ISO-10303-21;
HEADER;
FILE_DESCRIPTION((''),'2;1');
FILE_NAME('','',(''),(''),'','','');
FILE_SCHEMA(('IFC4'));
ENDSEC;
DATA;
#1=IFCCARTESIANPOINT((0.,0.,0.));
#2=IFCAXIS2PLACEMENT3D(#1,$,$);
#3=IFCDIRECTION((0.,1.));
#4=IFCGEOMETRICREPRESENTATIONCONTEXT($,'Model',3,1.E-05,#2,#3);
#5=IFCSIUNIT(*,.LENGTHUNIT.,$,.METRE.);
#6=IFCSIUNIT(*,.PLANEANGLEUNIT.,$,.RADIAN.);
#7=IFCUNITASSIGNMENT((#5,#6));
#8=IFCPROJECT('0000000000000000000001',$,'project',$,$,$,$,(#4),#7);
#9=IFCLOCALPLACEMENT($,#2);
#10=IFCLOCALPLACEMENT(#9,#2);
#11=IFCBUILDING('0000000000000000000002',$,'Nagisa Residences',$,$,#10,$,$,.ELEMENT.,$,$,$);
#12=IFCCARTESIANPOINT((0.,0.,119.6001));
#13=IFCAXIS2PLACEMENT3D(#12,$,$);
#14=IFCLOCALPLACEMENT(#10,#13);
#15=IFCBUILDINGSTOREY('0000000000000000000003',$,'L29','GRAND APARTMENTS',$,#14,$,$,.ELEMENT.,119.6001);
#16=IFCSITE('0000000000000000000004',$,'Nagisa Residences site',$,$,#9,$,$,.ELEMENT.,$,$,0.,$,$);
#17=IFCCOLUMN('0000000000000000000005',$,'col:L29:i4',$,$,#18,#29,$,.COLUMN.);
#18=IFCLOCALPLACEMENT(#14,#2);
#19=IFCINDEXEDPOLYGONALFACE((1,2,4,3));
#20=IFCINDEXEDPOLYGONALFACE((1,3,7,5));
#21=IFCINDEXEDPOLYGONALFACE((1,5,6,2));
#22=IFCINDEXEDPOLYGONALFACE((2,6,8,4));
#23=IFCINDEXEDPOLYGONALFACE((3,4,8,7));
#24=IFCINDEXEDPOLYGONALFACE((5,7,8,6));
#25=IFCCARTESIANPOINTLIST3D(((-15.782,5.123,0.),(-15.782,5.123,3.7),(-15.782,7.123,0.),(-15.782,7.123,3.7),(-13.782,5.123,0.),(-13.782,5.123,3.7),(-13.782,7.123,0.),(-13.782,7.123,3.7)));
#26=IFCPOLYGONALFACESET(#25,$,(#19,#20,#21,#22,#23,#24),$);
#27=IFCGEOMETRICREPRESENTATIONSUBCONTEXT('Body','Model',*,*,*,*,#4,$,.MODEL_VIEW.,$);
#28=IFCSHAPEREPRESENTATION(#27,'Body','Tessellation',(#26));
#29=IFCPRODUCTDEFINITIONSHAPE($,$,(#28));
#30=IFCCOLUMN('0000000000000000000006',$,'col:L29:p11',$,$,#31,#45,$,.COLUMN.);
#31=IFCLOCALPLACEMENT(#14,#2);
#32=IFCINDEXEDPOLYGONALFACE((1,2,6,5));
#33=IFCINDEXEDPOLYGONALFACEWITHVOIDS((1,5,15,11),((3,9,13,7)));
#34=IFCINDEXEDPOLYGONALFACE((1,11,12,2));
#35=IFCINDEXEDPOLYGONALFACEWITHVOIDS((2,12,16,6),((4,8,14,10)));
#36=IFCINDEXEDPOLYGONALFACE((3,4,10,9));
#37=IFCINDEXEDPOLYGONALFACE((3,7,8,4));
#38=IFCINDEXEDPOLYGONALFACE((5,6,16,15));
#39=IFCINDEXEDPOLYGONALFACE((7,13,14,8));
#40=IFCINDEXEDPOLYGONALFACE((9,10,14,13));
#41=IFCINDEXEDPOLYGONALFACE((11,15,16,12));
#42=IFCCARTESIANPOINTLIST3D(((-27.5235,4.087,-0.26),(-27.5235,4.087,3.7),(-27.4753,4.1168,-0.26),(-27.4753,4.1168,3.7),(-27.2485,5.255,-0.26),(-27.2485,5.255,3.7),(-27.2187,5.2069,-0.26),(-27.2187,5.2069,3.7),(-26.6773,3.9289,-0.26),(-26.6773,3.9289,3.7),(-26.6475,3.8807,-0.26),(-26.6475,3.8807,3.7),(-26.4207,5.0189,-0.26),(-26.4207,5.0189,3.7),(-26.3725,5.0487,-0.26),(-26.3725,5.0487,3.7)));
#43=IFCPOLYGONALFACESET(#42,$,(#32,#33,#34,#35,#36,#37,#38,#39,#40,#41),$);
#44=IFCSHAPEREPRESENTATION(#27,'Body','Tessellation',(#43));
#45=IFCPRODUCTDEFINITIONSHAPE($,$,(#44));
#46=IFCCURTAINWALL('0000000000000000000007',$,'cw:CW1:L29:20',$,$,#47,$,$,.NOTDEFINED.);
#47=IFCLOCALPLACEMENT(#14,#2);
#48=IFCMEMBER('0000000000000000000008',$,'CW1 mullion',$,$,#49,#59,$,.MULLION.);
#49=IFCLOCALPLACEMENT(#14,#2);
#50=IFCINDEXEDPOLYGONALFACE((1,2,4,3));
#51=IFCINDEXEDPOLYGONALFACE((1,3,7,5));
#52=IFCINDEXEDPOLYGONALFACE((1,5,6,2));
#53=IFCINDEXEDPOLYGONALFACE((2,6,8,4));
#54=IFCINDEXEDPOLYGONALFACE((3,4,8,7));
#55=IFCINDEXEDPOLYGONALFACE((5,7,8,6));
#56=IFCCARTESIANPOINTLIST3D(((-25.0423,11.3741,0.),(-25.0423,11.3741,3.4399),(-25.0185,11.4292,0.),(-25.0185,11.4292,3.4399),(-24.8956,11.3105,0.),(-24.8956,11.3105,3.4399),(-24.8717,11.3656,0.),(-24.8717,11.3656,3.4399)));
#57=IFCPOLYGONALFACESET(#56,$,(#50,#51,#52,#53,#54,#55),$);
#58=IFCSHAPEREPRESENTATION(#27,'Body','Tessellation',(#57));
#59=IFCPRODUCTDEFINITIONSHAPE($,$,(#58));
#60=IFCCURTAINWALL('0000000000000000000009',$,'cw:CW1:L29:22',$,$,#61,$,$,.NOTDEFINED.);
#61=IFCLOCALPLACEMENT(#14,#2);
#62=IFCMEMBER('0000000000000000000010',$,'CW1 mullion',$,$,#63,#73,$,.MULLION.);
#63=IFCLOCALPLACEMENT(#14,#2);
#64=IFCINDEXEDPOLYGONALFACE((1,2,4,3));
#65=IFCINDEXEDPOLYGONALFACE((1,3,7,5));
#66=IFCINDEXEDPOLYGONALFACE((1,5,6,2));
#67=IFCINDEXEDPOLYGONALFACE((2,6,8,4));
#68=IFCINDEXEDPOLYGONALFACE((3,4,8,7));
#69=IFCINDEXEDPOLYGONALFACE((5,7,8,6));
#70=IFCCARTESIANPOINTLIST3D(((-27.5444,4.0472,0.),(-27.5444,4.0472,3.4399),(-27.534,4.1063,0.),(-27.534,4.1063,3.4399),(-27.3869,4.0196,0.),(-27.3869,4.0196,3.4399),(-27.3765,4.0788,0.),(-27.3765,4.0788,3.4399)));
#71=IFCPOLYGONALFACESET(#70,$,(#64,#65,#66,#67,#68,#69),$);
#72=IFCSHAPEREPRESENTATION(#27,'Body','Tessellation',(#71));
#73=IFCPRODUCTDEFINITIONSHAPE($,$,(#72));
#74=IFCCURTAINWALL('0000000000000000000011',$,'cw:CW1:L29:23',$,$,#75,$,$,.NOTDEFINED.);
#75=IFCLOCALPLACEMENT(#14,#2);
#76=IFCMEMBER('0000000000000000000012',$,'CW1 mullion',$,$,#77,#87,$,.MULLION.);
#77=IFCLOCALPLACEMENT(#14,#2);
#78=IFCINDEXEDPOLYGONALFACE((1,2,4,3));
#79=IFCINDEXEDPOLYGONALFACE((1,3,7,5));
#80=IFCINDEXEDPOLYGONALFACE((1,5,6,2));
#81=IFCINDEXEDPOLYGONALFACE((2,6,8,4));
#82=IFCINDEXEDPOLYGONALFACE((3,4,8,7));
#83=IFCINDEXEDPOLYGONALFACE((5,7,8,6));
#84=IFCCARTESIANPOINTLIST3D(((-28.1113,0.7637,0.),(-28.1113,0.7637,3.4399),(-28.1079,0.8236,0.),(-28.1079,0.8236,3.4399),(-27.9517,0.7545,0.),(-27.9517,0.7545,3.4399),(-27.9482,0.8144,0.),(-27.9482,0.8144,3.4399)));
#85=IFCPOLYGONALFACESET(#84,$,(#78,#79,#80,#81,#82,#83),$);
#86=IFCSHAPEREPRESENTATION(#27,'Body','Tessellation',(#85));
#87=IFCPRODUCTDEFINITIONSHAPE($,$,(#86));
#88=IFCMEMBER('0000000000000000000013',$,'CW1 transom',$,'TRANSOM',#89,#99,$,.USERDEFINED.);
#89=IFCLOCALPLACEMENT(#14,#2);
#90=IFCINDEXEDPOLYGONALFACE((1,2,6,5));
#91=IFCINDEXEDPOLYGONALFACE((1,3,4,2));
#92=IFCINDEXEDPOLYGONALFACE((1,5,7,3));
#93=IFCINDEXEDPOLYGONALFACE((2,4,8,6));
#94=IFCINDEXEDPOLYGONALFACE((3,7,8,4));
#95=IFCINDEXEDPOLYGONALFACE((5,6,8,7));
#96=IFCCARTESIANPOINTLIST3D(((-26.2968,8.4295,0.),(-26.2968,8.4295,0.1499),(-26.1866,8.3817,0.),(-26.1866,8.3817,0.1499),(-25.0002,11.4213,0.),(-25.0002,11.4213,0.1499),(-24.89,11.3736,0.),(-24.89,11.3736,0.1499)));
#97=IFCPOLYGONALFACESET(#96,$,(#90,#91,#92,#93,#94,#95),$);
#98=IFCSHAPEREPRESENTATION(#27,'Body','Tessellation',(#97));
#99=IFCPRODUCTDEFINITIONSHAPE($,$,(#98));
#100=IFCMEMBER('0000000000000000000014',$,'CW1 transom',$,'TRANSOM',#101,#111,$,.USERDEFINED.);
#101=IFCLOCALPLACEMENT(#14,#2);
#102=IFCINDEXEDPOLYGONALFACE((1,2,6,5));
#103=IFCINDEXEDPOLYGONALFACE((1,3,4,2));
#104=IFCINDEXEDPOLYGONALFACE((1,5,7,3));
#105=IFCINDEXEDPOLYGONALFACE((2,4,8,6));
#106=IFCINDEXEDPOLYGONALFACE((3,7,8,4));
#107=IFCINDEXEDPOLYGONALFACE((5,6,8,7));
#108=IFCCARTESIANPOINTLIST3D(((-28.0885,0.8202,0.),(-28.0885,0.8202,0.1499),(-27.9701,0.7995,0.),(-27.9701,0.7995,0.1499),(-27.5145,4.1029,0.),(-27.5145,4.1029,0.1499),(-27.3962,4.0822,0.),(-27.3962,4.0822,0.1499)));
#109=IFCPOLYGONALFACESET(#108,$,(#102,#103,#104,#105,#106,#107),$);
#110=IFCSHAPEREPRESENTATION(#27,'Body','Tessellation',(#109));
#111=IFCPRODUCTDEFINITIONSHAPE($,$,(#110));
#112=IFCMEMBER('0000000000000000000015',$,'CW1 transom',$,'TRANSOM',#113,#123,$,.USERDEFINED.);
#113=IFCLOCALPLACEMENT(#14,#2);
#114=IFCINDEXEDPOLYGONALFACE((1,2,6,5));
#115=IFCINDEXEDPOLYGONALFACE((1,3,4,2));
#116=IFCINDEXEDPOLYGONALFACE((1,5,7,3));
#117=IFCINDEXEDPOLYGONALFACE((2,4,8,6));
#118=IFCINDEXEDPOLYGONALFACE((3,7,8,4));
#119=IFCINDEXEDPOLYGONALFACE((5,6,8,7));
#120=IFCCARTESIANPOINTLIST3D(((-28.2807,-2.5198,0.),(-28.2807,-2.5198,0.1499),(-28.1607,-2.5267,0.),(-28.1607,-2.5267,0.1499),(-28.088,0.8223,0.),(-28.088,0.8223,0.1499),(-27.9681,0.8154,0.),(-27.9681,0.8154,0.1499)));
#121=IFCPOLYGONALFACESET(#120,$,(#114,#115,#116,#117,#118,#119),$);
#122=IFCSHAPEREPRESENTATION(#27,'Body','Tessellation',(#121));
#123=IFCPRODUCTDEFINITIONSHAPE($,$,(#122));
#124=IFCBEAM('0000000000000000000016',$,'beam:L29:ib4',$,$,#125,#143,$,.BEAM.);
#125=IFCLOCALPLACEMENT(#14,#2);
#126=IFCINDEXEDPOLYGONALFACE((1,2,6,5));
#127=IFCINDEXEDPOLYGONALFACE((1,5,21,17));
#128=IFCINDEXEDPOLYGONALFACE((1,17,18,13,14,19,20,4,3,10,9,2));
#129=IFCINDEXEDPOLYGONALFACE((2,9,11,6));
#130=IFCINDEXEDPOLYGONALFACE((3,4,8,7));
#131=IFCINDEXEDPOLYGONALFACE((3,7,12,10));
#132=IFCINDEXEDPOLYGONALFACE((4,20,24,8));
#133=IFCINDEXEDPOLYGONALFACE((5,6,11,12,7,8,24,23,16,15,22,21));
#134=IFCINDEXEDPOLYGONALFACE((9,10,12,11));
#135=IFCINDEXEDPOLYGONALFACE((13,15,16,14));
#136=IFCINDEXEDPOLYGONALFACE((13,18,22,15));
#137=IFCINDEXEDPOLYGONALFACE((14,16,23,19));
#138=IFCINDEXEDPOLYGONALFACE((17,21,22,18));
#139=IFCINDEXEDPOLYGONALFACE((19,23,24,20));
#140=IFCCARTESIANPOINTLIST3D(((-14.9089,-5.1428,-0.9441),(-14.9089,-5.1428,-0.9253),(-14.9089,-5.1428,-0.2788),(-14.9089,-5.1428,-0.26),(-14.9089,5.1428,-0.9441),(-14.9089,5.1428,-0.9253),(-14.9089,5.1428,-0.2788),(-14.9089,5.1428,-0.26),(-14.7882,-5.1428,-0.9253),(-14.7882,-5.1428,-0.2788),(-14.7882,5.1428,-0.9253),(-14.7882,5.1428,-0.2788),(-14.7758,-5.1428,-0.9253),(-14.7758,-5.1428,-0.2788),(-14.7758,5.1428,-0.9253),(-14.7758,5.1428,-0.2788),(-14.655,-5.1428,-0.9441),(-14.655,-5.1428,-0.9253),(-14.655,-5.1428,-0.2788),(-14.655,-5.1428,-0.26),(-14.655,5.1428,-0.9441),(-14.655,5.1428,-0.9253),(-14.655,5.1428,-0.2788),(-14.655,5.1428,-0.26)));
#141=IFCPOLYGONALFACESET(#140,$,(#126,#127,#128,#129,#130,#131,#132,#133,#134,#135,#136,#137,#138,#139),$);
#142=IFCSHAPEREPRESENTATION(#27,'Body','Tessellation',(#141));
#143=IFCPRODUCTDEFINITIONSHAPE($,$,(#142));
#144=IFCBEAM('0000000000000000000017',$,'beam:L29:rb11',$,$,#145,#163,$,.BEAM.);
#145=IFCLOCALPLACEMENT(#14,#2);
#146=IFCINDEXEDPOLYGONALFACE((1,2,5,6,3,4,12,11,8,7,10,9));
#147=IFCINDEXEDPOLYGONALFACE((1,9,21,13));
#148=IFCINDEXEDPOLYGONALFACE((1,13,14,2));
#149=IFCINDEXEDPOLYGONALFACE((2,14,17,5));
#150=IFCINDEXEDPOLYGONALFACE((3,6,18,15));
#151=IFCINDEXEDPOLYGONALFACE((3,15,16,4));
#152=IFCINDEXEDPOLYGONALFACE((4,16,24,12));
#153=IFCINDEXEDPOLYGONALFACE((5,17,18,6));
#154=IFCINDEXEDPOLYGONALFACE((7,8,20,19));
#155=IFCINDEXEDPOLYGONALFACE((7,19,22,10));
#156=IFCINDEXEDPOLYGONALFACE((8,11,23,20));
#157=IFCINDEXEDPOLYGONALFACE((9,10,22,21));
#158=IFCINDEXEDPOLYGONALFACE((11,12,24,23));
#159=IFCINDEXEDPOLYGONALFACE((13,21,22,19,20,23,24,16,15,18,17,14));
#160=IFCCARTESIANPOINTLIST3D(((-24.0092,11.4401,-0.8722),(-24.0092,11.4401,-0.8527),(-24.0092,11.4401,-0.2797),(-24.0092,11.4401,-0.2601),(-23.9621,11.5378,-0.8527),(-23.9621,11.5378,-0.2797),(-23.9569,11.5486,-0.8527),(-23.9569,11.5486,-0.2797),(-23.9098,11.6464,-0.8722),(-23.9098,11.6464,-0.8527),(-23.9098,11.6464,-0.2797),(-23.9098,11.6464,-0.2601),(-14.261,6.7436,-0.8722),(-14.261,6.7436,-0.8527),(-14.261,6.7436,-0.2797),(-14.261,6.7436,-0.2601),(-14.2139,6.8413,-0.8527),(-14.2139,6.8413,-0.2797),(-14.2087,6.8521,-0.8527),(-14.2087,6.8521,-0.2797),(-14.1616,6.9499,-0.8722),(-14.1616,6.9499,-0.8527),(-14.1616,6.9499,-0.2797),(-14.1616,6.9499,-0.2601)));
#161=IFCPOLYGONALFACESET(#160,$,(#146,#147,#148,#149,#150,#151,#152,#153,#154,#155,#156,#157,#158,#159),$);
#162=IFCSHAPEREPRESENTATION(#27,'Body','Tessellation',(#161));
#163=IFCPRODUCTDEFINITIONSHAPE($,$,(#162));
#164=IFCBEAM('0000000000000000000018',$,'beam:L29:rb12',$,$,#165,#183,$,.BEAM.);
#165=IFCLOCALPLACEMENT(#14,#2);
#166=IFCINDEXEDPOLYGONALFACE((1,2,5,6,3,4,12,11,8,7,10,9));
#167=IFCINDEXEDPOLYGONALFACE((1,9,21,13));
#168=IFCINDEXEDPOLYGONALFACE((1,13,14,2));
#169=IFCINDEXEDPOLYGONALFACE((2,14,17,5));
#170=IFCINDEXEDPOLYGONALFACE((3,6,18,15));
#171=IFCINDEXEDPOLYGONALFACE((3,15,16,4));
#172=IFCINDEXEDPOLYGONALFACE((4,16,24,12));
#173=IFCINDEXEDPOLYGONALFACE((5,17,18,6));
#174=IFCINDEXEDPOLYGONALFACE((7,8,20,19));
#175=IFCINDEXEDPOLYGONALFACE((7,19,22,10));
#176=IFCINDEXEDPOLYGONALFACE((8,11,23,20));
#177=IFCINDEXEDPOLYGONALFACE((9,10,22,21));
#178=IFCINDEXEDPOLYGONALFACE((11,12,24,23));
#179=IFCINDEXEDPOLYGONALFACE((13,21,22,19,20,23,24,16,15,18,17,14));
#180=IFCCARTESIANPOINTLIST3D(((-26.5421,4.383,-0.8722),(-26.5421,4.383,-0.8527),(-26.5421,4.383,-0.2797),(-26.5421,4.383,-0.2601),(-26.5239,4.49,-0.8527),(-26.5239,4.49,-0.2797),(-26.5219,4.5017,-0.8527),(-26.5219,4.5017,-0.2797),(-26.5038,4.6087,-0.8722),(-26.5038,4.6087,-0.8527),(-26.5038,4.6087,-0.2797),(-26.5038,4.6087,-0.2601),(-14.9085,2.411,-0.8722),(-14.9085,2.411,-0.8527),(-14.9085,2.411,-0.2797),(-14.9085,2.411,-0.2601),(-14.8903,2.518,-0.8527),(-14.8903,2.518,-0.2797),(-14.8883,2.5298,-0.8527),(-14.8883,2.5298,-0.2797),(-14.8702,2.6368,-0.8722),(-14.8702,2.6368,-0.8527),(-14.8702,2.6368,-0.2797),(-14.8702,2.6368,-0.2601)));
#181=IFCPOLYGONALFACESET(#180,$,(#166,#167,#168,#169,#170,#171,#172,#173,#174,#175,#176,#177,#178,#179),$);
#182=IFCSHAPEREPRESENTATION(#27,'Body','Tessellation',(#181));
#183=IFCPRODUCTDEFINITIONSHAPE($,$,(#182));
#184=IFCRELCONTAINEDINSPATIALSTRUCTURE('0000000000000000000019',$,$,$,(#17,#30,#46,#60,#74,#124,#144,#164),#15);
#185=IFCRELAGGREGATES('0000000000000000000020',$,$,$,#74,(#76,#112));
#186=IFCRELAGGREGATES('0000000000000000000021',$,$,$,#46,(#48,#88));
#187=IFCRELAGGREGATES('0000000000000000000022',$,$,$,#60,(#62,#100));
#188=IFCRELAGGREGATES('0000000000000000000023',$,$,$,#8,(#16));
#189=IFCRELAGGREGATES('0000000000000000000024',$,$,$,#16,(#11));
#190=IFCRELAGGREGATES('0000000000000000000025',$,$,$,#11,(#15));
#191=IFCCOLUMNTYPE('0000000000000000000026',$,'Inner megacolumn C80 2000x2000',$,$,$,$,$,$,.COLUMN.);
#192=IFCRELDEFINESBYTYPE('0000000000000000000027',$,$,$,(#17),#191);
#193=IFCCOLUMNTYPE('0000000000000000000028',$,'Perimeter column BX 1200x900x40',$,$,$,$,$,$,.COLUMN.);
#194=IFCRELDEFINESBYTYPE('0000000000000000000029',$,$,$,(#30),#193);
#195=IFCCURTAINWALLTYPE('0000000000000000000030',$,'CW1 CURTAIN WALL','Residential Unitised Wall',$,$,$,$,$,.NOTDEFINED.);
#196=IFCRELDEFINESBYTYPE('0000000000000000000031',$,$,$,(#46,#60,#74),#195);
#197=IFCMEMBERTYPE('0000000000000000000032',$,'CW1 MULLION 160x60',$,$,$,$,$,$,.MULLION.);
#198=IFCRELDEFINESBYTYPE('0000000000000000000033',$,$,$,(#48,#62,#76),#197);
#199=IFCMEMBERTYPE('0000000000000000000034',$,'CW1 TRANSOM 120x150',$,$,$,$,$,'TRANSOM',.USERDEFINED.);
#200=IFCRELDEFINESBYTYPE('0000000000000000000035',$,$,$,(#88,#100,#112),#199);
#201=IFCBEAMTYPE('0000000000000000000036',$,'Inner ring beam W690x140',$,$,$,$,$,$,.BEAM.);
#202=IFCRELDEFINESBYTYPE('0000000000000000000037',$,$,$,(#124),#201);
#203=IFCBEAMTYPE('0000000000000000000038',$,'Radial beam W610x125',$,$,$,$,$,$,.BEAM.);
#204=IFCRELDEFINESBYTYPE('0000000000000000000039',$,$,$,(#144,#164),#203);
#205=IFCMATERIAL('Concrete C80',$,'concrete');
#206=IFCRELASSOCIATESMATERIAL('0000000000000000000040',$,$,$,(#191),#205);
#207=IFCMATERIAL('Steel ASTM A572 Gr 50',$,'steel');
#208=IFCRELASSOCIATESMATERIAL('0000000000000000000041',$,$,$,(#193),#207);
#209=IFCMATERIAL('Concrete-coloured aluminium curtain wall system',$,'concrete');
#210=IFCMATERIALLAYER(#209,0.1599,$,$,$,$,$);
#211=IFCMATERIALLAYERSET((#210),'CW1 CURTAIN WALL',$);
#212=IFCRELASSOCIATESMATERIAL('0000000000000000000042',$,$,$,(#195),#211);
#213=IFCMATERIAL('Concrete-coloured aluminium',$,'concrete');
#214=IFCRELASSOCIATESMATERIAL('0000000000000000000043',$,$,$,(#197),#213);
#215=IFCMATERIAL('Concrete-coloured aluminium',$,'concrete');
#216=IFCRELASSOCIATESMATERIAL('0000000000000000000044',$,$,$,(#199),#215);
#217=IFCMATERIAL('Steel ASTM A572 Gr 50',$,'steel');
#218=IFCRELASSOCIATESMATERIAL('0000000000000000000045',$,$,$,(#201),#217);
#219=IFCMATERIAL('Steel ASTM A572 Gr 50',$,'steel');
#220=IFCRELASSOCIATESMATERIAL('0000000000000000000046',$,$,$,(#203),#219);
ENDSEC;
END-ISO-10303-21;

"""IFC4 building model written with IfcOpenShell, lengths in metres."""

from ifc_helpers import new_model, si_unit, direction, frame, origin, origin_2d, place, context, subcontext, project, spatial, rectangle, hollow_rectangle, i_section, extrude, material, layer, layer_set, material_profile, profile_set, type_object, element, aggregate, save


model = new_model("IFC4")

# Units and contexts
model_context = context("Model", 3, precision=1e-05, world=origin(), true_north=direction((0.0, 1.0)))
body_context = subcontext(model_context, "Body", "Model", "MODEL_VIEW")
ifc_project = project(units=[si_unit("LENGTHUNIT", "METRE"), si_unit("PLANEANGLEUNIT", "RADIAN")], contexts=[model_context])

# Site, building, storey
site_placement = place(None, origin())
site = spatial("IfcSite", under=ifc_project, at=site_placement, Name="Nagisa Residences site", CompositionType="ELEMENT", RefElevation=0.0)
building_placement = place(site_placement, origin())
building = spatial("IfcBuilding", under=site, at=building_placement, Name="Nagisa Residences", CompositionType="ELEMENT")
storey_placement = place(building_placement, frame((0.0, 0.0, 119.6001)))
storey = spatial("IfcBuildingStorey", under=building, at=storey_placement, Name="L29", Description="GRAND APARTMENTS", CompositionType="ELEMENT", Elevation=119.6001)

# Columns
ifc_material_1 = material(Name="Concrete C80", Category="concrete")
ifc_material_profile_1 = material_profile(ifc_material_1, rectangle(XDim=2.0, YDim=2.0, at=origin_2d()), Name="C80 2000x2000")
ifc_profile_set_1 = profile_set([ifc_material_profile_1], Name="Concrete C80")
column_type_1 = type_object("IfcColumnType", Name="Inner megacolumn C80 2000x2000", PredefinedType="COLUMN", material=ifc_profile_set_1)
column_1_placement = place(storey_placement, frame((-14.782, 6.123, 0.0), z_axis=(0.0, 0.0, 1.0), x_axis=(1.0, 0.0, 0.0)))
element("IfcColumn", 1, at=column_1_placement, inside=storey, type_object=column_type_1, Name="col:L29:i4", PredefinedType="COLUMN", context=body_context, shape_type="SweptSolid", body=[
    extrude(rectangle(XDim=2.0, YDim=2.0, at=origin_2d()), origin(), (0.0, 0.0, 1.0), 3.7),
])
ifc_material_2 = material(Name="Steel ASTM A572 Gr 50", Category="steel")
ifc_material_profile_2 = material_profile(ifc_material_2, hollow_rectangle(XDim=1.2, YDim=0.8999, WallThickness=0.04, at=origin_2d()), Name="BX 1200x900x40")
ifc_profile_set_2 = profile_set([ifc_material_profile_2], Name="Steel ASTM A572 Gr 50")
column_type_2 = type_object("IfcColumnType", Name="Perimeter column BX 1200x900x40", PredefinedType="COLUMN", material=ifc_profile_set_2)
column_2_placement = place(storey_placement, frame((-26.948, 4.5679, -0.26), z_axis=(0.0, 0.0, 1.0), x_axis=(-0.229202, -0.973379, 0.0)))
element("IfcColumn", 2, at=column_2_placement, inside=storey, type_object=column_type_2, Name="col:L29:p11", PredefinedType="COLUMN", context=body_context, shape_type="SweptSolid", body=[
    extrude(hollow_rectangle(XDim=1.2, YDim=0.8999, WallThickness=0.04, at=origin_2d()), origin(), (0.0, 0.0, 1.0), 3.96),
])

# Curtain walls, members
ifc_material_3 = material(Name="Concrete-coloured aluminium curtain wall system", Category="concrete")
ifc_layer_1 = layer(ifc_material_3, 0.1599)
ifc_layer_set_1 = layer_set([ifc_layer_1], Name="CW1 CURTAIN WALL")
curtain_wall_type = type_object("IfcCurtainWallType", Name="CW1 CURTAIN WALL", Description="Residential Unitised Wall", PredefinedType="NOTDEFINED", material=ifc_layer_set_1)
curtain_wall_1_placement = place(storey_placement, origin())
curtain_wall_1 = element("IfcCurtainWall", 3, at=curtain_wall_1_placement, inside=storey, type_object=curtain_wall_type, Name="cw:CW1:L29:20", PredefinedType="NOTDEFINED")
ifc_material_4 = material(Name="Concrete-coloured aluminium", Category="concrete")
ifc_material_profile_3 = material_profile(ifc_material_4, rectangle(XDim=0.1599, YDim=0.0601, at=origin_2d()), Name="CW1 MULLION 160x60")
ifc_profile_set_3 = profile_set([ifc_material_profile_3], Name="Concrete-coloured aluminium")
member_type_1 = type_object("IfcMemberType", Name="CW1 MULLION 160x60", PredefinedType="MULLION", material=ifc_profile_set_3)
member_1_placement = place(storey_placement, frame((-24.957, 11.3699, 0.0), z_axis=(0.0, 0.0, 1.0), x_axis=(0.917543, -0.397636, 0.0)))
member_1 = element("IfcMember", 4, at=member_1_placement, type_object=member_type_1, Name="CW1 mullion", PredefinedType="MULLION", context=body_context, shape_type="SweptSolid", body=[
    extrude(rectangle(XDim=0.1599, YDim=0.0601, at=origin_2d()), origin(), (0.0, 0.0, 1.0), 3.4399),
])
curtain_wall_2_placement = place(storey_placement, origin())
curtain_wall_2 = element("IfcCurtainWall", 5, at=curtain_wall_2_placement, inside=storey, type_object=curtain_wall_type, Name="cw:CW1:L29:22", PredefinedType="NOTDEFINED")
member_2_placement = place(storey_placement, frame((-27.4604, 4.063, 0.0), z_axis=(0.0, 0.0, 1.0), x_axis=(0.985064, -0.172191, 0.0)))
member_2 = element("IfcMember", 6, at=member_2_placement, type_object=member_type_1, Name="CW1 mullion", PredefinedType="MULLION", context=body_context, shape_type="SweptSolid", body=[
    extrude(rectangle(XDim=0.1599, YDim=0.0601, at=origin_2d()), origin(), (0.0, 0.0, 1.0), 3.4399),
])
curtain_wall_3_placement = place(storey_placement, origin())
curtain_wall_3 = element("IfcCurtainWall", 7, at=curtain_wall_3_placement, inside=storey, type_object=curtain_wall_type, Name="cw:CW1:L29:23", PredefinedType="NOTDEFINED")
member_3_placement = place(storey_placement, frame((-28.0298, 0.7891, 0.0), z_axis=(0.0, 0.0, 1.0), x_axis=(0.998345, -0.057503, 0.0)))
member_3 = element("IfcMember", 8, at=member_3_placement, type_object=member_type_1, Name="CW1 mullion", PredefinedType="MULLION", context=body_context, shape_type="SweptSolid", body=[
    extrude(rectangle(XDim=0.1599, YDim=0.0601, at=origin_2d()), origin(), (0.0, 0.0, 1.0), 3.4399),
])

# Members
ifc_material_5 = material(Name="Concrete-coloured aluminium", Category="concrete")
ifc_material_profile_4 = material_profile(ifc_material_5, rectangle(XDim=0.1201, YDim=0.1499, at=origin_2d()), Name="CW1 TRANSOM 120x150")
ifc_profile_set_4 = profile_set([ifc_material_profile_4], Name="Concrete-coloured aluminium")
member_type_2 = type_object("IfcMemberType", Name="CW1 TRANSOM 120x150", ElementType="TRANSOM", PredefinedType="USERDEFINED", material=ifc_profile_set_4)
member_4_placement = place(storey_placement, frame((-24.9451, 11.3975, 0.075), z_axis=(-0.397639, -0.917542, 0.0), x_axis=(0.917542, -0.397639, 0.0)))
member_4 = element("IfcMember", 9, at=member_4_placement, type_object=member_type_2, Name="CW1 transom", ObjectType="TRANSOM", PredefinedType="USERDEFINED", context=body_context, shape_type="SweptSolid", body=[
    extrude(rectangle(XDim=0.1201, YDim=0.1499, at=origin_2d()), origin(), (0.0, 0.0, 1.0), 3.2607),
])
member_5_placement = place(storey_placement, frame((-27.4553, 4.0925, 0.075), z_axis=(-0.172235, -0.985056, 0.0), x_axis=(0.985056, -0.172235, 0.0)))
member_5 = element("IfcMember", 10, at=member_5_placement, type_object=member_type_2, Name="CW1 transom", ObjectType="TRANSOM", PredefinedType="USERDEFINED", context=body_context, shape_type="SweptSolid", body=[
    extrude(rectangle(XDim=0.1201, YDim=0.1499, at=origin_2d()), origin(), (0.0, 0.0, 1.0), 3.3325),
])
member_6_placement = place(storey_placement, frame((-28.0281, 0.8188, 0.075), z_axis=(-0.057542, -0.998343, 0.0), x_axis=(0.998343, -0.057542, 0.0)))
member_6 = element("IfcMember", 11, at=member_6_placement, type_object=member_type_2, Name="CW1 transom", ObjectType="TRANSOM", PredefinedType="USERDEFINED", context=body_context, shape_type="SweptSolid", body=[
    extrude(rectangle(XDim=0.1201, YDim=0.1499, at=origin_2d()), origin(), (0.0, 0.0, 1.0), 3.3477),
])
aggregate(curtain_wall_3, [member_3, member_6])

# Beams
ifc_material_6 = material(Name="Steel ASTM A572 Gr 50", Category="steel")
ifc_material_profile_5 = material_profile(ifc_material_6, i_section(OverallWidth=0.2539, OverallDepth=0.6841, WebThickness=0.0125, FlangeThickness=0.0188, at=origin_2d()), Name="W690x140")
ifc_profile_set_5 = profile_set([ifc_material_profile_5], Name="Steel ASTM A572 Gr 50")
beam_type_1 = type_object("IfcBeamType", Name="Inner ring beam W690x140", PredefinedType="BEAM", material=ifc_profile_set_5)
beam_1_placement = place(storey_placement, frame((-14.782, 5.1428, -0.6021), z_axis=(0.0, -1.0, 0.0), x_axis=(1.0, 0.0, 0.0)))
element("IfcBeam", 12, at=beam_1_placement, inside=storey, type_object=beam_type_1, Name="beam:L29:ib4", PredefinedType="BEAM", context=body_context, shape_type="SweptSolid", body=[
    extrude(i_section(OverallWidth=0.2539, OverallDepth=0.6841, WebThickness=0.0125, FlangeThickness=0.0188, at=origin_2d()), origin(), (0.0, 0.0, 1.0), 10.2856),
])
ifc_material_7 = material(Name="Steel ASTM A572 Gr 50", Category="steel")
ifc_material_profile_6 = material_profile(ifc_material_7, i_section(OverallWidth=0.229, OverallDepth=0.6121, WebThickness=0.012, FlangeThickness=0.0195, at=origin_2d()), Name="W610x125")
ifc_profile_set_6 = profile_set([ifc_material_profile_6], Name="Steel ASTM A572 Gr 50")
beam_type_2 = type_object("IfcBeamType", Name="Radial beam W610x125", PredefinedType="BEAM", material=ifc_profile_set_6)
beam_2_placement = place(storey_placement, frame((-23.9595, 11.5432, -0.5662), z_axis=(0.900896, -0.434034, 0.0), x_axis=(0.434034, 0.900896, 0.0)))
element("IfcBeam", 13, at=beam_2_placement, inside=storey, type_object=beam_type_2, Name="beam:L29:rb11", PredefinedType="BEAM", context=body_context, shape_type="SweptSolid", body=[
    extrude(i_section(OverallWidth=0.229, OverallDepth=0.6121, WebThickness=0.012, FlangeThickness=0.0195, at=origin_2d()), origin(), (0.0, 0.0, 1.0), 10.8206),
])
beam_3_placement = place(storey_placement, frame((-26.5229, 4.4958, -0.5662), z_axis=(0.985937, -0.167119, 0.0), x_axis=(0.167119, 0.985937, 0.0)))
element("IfcBeam", 14, at=beam_3_placement, inside=storey, type_object=beam_type_2, Name="beam:L29:rb12", PredefinedType="BEAM", context=body_context, shape_type="SweptSolid", body=[
    extrude(i_section(OverallWidth=0.229, OverallDepth=0.6121, WebThickness=0.012, FlangeThickness=0.0195, at=origin_2d()), origin(), (0.0, 0.0, 1.0), 11.7996),
])

aggregate(curtain_wall_1, [member_1, member_4])
aggregate(curtain_wall_2, [member_2, member_5])

save(model, "model.ifc")
